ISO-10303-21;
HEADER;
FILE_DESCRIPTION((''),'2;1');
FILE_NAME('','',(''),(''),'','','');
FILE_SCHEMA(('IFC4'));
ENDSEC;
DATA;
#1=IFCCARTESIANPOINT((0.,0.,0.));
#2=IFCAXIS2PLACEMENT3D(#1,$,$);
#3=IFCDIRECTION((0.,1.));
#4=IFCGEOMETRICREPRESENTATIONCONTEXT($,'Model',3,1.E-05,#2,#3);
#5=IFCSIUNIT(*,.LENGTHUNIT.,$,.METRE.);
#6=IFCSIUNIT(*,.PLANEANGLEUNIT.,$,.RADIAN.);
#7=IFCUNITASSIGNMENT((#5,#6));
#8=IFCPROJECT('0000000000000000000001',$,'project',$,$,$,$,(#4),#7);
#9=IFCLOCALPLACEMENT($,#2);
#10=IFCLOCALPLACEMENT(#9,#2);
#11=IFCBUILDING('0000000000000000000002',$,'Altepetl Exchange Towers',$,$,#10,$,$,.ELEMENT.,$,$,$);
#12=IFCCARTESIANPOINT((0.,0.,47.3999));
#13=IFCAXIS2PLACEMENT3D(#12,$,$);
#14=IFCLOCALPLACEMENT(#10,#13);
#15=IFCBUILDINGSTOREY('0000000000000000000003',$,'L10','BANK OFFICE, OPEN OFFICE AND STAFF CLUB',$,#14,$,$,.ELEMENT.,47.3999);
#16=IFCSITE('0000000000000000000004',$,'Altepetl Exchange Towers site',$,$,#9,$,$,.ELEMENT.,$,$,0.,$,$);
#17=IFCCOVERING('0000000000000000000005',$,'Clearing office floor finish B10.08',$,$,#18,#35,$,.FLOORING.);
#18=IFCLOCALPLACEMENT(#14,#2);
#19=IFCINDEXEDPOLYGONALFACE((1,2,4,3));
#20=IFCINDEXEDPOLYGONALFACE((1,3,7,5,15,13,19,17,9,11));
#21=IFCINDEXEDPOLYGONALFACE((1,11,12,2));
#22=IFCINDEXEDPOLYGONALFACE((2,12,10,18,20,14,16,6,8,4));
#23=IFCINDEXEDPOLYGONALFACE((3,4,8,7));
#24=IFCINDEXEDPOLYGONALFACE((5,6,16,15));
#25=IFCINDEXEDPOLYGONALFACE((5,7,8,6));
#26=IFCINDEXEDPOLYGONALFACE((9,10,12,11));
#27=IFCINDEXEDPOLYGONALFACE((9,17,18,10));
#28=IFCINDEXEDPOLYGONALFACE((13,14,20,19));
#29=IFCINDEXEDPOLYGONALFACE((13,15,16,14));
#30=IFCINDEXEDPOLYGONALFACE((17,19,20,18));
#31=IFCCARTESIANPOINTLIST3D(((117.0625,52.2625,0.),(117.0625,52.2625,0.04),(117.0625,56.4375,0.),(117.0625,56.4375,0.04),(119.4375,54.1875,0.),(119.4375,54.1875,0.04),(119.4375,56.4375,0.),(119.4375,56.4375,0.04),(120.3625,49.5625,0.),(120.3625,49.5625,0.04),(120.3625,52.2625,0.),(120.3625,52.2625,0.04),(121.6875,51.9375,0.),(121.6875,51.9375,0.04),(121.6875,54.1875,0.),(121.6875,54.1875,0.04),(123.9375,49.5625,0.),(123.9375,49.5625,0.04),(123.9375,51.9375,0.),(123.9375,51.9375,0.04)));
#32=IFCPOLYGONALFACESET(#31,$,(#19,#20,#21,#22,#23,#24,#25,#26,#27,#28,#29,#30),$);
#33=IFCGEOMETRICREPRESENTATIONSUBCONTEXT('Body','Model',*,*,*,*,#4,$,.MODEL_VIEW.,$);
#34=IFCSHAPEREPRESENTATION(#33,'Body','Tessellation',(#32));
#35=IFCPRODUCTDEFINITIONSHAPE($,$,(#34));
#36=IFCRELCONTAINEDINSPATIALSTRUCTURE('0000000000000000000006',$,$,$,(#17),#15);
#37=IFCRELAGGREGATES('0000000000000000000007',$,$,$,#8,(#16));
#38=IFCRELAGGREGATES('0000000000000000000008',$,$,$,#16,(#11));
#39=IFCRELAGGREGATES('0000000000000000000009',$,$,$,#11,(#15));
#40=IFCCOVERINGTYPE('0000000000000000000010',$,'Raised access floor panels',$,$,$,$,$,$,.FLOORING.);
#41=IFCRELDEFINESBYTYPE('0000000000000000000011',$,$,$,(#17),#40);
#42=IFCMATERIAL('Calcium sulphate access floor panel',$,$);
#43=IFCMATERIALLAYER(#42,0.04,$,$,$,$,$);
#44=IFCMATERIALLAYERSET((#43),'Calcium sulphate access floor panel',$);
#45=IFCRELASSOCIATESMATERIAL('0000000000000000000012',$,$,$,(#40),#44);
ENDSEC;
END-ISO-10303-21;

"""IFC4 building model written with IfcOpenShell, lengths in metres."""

from ifc_helpers import new_model, si_unit, direction, frame, origin, place, context, subcontext, project, spatial, polyline, outline, extrude, material, layer, layer_set, type_object, element, save


model = new_model("IFC4")

# Units and contexts
model_context = context("Model", 3, precision=1e-05, world=origin(), true_north=direction((0.0, 1.0)))
body_context = subcontext(model_context, "Body", "Model", "MODEL_VIEW")
ifc_project = project(units=[si_unit("LENGTHUNIT", "METRE"), si_unit("PLANEANGLEUNIT", "RADIAN")], contexts=[model_context])

# Site, building, storey
site_placement = place(None, origin())
site = spatial("IfcSite", under=ifc_project, at=site_placement, Name="Altepetl Exchange Towers site", CompositionType="ELEMENT", RefElevation=0.0)
building_placement = place(site_placement, origin())
building = spatial("IfcBuilding", under=site, at=building_placement, Name="Altepetl Exchange Towers", CompositionType="ELEMENT")
storey_placement = place(building_placement, frame((0.0, 0.0, 47.3999)))
storey = spatial("IfcBuildingStorey", under=building, at=storey_placement, Name="L10", Description="BANK OFFICE, OPEN OFFICE AND STAFF CLUB", CompositionType="ELEMENT", Elevation=47.3999)

# Covering
ifc_material_1 = material(Name="Calcium sulphate access floor panel")
ifc_layer_1 = layer(ifc_material_1, 0.04)
ifc_layer_set_1 = layer_set([ifc_layer_1], Name="Calcium sulphate access floor panel")
covering_type_1 = type_object("IfcCoveringType", Name="Raised access floor panels", PredefinedType="FLOORING", material=ifc_layer_set_1)
covering_1_placement = place(storey_placement, origin())
element("IfcCovering", 1, at=covering_1_placement, inside=storey, type_object=covering_type_1, Name="Clearing office floor finish B10.08", PredefinedType="FLOORING", context=body_context, shape_type="SweptSolid", body=[
    extrude(outline(polyline([(119.4375, 54.1875), (119.4375, 56.4375), (117.0625, 56.4375), (117.0625, 52.2625), (120.3625, 52.2625), (120.3625, 49.5625), (123.9375, 49.5625), (123.9375, 51.9375), (121.6875, 51.9375), (121.6875, 54.1875), (119.4375, 54.1875)])), origin(), (0.0, 0.0, 1.0), 0.04),
])

save(model, "model.ifc")
